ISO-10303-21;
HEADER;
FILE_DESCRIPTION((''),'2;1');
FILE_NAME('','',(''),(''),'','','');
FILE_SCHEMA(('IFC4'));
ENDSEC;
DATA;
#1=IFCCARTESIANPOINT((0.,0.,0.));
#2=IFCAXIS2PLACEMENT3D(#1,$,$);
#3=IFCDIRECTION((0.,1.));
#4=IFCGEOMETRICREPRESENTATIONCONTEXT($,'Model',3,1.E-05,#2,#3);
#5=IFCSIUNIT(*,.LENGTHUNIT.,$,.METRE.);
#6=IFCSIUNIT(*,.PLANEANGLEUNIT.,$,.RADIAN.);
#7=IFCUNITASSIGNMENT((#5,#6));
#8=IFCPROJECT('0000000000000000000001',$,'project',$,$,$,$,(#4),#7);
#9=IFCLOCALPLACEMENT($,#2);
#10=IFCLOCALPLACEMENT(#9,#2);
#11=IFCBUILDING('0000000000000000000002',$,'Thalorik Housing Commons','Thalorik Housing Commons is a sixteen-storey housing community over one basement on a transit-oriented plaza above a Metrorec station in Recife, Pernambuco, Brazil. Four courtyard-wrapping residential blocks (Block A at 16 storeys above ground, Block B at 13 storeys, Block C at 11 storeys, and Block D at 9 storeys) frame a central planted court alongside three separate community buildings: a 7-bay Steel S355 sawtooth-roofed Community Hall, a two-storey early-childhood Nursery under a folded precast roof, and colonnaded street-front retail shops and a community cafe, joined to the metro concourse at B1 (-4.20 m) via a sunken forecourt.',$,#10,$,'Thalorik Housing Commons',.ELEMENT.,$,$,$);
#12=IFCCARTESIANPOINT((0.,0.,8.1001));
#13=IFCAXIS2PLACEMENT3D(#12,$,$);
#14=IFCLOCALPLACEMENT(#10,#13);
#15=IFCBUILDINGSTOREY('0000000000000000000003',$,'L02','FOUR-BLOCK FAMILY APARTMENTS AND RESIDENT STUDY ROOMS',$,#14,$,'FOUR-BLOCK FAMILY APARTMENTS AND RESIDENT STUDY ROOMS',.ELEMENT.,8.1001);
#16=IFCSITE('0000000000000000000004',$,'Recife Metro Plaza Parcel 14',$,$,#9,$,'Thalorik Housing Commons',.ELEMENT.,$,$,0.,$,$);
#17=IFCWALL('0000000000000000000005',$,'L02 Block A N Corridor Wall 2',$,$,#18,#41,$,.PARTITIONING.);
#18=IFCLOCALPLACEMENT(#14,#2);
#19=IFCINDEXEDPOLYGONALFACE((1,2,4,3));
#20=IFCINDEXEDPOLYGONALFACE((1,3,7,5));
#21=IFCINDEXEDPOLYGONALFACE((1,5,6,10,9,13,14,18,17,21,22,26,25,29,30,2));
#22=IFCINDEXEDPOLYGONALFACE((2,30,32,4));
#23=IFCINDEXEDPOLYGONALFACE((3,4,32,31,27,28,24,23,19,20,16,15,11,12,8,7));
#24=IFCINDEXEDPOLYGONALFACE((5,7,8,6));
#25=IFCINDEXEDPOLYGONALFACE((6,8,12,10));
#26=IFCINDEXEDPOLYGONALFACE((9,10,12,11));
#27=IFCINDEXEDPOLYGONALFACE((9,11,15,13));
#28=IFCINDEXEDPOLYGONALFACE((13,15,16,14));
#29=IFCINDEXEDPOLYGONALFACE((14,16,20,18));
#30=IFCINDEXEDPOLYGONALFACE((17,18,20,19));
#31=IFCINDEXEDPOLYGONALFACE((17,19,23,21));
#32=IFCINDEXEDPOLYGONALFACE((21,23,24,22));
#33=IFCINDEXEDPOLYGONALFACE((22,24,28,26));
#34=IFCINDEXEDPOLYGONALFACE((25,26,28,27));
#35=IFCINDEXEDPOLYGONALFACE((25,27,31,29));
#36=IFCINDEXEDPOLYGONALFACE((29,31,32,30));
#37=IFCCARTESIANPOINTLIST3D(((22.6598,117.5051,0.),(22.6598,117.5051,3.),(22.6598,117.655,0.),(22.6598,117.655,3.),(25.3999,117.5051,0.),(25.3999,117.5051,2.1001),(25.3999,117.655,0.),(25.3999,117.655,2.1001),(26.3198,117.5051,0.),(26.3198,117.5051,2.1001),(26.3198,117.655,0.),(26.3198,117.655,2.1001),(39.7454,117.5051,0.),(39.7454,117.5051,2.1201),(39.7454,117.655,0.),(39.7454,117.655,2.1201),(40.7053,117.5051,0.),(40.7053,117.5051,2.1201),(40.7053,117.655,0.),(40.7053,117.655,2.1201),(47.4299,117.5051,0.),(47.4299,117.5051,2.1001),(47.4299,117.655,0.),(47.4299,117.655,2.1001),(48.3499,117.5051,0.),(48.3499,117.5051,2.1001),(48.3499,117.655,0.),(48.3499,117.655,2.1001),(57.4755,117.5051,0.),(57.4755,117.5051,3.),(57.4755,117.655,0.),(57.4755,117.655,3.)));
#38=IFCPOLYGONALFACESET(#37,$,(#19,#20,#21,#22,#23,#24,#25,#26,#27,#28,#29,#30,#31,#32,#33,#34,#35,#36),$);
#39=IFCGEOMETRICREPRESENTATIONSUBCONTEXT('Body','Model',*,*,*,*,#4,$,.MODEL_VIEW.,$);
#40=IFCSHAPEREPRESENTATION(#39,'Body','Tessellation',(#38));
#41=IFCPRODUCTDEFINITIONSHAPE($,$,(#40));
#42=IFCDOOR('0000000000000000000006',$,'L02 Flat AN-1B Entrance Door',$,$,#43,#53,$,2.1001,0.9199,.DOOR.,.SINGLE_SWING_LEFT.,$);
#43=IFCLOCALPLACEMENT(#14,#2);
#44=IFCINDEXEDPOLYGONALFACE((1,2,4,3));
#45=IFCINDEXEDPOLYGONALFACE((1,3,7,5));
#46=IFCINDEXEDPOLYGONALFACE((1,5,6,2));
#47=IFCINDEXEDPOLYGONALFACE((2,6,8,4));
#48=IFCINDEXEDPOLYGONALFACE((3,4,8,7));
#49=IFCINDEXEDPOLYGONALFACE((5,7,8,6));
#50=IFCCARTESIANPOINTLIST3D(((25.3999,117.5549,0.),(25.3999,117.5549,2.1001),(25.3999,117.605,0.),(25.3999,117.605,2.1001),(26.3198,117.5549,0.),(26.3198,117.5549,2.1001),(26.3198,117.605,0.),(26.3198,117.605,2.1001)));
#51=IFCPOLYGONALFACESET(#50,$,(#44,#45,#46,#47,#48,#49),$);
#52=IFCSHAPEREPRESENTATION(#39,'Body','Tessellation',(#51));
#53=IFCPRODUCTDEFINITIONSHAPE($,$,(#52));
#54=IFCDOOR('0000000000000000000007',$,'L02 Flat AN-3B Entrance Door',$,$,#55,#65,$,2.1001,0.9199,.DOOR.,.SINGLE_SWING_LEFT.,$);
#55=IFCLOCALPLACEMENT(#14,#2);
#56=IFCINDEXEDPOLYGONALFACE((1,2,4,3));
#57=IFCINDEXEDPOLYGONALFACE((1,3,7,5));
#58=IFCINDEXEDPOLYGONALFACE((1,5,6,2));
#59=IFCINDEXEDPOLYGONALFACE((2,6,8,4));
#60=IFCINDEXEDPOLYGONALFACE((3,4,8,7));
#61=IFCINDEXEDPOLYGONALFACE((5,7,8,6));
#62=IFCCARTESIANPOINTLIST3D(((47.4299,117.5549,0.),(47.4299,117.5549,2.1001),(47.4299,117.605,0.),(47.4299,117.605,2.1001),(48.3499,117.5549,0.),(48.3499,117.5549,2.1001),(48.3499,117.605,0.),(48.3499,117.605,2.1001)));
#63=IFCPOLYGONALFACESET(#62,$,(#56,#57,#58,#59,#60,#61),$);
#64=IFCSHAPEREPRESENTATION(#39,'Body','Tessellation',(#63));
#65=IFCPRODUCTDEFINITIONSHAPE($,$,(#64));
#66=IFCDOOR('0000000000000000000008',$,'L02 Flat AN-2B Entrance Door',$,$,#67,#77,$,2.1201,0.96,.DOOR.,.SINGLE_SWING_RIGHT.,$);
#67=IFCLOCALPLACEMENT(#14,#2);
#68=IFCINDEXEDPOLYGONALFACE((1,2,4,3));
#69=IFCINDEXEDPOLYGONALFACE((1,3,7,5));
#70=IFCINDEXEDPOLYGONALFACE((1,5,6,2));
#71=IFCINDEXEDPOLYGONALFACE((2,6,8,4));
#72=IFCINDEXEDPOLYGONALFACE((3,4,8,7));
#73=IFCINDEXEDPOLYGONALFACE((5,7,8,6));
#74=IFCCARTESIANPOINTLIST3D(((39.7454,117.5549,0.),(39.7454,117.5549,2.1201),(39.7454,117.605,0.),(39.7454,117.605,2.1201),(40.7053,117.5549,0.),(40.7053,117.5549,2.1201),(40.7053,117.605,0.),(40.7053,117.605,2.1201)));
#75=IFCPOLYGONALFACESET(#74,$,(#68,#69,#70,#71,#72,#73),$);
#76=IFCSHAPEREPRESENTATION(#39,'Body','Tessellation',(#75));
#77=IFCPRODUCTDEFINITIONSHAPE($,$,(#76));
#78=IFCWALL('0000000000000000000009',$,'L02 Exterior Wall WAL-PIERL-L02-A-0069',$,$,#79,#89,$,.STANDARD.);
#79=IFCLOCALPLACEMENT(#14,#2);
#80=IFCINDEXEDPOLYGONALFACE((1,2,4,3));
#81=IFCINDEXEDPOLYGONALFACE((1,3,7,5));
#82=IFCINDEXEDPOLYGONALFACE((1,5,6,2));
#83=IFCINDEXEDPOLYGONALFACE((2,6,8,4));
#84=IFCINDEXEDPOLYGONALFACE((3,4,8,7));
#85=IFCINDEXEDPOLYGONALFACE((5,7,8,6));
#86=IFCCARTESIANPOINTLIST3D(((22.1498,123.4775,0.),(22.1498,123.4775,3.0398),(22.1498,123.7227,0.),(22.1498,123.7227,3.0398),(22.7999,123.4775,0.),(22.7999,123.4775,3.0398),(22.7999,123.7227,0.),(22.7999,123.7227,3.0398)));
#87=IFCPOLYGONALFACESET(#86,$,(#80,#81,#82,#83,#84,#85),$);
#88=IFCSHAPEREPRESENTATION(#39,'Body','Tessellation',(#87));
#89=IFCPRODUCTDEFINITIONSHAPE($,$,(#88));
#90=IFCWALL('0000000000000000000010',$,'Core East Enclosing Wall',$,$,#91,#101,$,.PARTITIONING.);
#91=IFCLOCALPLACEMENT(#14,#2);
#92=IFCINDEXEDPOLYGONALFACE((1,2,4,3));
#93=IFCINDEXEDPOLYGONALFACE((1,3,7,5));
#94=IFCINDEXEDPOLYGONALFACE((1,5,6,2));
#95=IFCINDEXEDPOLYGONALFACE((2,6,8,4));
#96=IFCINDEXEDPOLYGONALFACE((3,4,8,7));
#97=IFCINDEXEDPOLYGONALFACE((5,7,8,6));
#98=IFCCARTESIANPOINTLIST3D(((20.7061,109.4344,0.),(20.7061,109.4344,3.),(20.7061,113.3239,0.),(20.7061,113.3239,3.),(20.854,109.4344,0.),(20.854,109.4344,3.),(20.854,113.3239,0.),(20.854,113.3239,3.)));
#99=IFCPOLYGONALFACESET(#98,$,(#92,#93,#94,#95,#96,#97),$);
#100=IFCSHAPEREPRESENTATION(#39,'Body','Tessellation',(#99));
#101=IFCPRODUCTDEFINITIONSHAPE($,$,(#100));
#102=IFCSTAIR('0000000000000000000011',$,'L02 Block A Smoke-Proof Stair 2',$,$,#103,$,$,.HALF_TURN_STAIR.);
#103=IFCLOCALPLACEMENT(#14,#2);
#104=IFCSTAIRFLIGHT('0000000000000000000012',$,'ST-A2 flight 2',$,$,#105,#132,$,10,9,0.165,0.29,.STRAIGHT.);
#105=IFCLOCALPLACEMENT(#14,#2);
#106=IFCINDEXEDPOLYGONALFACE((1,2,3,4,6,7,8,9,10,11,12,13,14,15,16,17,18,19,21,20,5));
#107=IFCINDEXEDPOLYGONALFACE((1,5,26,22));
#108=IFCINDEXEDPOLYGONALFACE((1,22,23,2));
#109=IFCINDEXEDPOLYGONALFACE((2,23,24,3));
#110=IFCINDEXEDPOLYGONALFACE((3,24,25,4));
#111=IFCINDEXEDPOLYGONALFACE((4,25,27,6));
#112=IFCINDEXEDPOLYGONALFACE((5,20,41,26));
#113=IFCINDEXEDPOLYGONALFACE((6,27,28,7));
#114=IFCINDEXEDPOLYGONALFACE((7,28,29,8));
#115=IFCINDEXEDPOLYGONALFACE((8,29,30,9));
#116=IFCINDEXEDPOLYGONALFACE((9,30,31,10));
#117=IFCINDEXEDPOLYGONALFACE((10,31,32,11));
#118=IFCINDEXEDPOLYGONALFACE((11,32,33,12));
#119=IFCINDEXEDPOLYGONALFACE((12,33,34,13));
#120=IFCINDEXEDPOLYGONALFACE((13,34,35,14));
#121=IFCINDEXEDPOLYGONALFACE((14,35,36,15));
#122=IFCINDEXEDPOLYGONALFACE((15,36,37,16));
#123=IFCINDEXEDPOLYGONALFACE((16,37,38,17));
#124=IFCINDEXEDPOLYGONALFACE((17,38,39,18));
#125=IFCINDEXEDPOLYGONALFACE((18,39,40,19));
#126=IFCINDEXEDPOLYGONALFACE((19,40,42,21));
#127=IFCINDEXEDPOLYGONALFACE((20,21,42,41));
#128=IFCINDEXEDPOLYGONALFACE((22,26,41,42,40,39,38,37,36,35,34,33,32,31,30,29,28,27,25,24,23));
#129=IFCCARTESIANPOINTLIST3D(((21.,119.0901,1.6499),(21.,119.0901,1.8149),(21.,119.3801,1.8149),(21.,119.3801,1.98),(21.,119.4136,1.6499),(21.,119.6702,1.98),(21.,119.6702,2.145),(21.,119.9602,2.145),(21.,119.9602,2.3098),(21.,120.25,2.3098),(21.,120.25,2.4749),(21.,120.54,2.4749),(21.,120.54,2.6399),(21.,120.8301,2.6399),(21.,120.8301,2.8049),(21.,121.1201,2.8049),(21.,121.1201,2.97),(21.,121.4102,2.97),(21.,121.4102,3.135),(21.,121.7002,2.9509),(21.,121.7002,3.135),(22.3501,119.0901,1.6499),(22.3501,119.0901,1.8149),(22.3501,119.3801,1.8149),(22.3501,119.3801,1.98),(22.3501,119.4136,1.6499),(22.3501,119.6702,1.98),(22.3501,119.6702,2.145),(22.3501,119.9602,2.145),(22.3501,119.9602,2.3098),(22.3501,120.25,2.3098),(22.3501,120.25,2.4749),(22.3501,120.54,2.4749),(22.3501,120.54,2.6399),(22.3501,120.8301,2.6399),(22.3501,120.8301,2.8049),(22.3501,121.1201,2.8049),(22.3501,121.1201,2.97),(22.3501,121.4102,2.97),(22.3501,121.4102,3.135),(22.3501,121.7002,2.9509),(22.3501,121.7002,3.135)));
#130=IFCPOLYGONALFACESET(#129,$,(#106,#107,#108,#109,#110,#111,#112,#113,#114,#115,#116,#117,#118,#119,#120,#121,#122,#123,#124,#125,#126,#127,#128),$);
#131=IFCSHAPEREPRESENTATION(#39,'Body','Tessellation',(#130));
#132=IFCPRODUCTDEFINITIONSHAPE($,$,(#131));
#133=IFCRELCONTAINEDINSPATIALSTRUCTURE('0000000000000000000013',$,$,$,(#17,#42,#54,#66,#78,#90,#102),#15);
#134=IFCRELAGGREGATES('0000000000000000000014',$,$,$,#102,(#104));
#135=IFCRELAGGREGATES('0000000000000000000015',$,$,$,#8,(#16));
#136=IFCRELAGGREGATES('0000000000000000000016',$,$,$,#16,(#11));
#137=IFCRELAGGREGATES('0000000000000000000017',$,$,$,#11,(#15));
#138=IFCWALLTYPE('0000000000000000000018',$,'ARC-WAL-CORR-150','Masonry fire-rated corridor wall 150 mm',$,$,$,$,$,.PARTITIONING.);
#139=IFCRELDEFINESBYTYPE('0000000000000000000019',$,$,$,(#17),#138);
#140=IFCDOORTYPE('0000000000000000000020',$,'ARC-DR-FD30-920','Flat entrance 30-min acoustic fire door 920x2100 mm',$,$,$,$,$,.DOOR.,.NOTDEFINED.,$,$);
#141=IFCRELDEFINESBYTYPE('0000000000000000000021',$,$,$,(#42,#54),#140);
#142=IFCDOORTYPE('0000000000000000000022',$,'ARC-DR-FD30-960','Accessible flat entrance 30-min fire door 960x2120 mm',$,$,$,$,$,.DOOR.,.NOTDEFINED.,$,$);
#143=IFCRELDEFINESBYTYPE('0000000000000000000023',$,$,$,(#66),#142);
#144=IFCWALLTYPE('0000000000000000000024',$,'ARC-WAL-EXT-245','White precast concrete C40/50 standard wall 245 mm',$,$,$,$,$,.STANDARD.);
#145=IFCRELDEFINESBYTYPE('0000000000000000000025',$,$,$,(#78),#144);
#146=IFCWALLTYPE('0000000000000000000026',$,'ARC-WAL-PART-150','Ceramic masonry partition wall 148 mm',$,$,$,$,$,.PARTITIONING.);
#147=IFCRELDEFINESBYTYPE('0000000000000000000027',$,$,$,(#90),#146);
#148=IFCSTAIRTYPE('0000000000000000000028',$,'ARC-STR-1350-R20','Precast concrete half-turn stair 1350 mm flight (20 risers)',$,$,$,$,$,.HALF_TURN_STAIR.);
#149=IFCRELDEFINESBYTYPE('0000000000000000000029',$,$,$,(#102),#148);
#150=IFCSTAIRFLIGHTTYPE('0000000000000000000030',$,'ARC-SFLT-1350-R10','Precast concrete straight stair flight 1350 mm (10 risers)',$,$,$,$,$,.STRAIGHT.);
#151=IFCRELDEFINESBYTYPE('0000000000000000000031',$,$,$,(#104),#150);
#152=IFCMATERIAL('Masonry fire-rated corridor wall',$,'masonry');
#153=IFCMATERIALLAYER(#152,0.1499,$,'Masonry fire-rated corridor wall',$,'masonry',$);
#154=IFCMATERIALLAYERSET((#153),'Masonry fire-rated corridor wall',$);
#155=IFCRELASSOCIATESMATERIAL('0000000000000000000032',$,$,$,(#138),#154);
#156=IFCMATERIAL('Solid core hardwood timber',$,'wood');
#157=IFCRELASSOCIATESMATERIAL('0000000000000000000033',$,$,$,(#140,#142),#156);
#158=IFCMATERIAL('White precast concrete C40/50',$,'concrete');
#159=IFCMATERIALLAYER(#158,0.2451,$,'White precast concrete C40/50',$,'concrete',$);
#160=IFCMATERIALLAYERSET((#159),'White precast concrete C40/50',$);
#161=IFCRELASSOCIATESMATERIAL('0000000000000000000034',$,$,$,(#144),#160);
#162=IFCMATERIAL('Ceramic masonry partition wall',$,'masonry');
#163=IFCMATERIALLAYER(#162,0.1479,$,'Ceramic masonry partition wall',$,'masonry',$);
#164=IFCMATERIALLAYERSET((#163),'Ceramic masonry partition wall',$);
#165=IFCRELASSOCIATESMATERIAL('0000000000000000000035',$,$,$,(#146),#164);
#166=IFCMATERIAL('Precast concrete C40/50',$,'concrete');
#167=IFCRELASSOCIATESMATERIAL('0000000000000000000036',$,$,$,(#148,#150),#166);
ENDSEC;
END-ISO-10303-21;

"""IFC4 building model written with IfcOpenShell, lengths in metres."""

from ifc_helpers import new_model, si_unit, direction, frame, frame_2d, origin, place, context, subcontext, project, spatial, polyline, rectangle, outline, extrude, material, layer, layer_set, type_object, element, fill, aggregate, save


model = new_model("IFC4")

# Units and contexts
model_context = context("Model", 3, precision=1e-05, world=origin(), true_north=direction((0.0, 1.0)))
body_context = subcontext(model_context, "Body", "Model", "MODEL_VIEW")
ifc_project = project(units=[si_unit("LENGTHUNIT", "METRE"), si_unit("PLANEANGLEUNIT", "RADIAN")], contexts=[model_context])

# Site, building, storey
site_placement = place(None, origin())
site = spatial("IfcSite", under=ifc_project, at=site_placement, Name="Recife Metro Plaza Parcel 14", LongName="Thalorik Housing Commons", CompositionType="ELEMENT", RefElevation=0.0)
building_placement = place(site_placement, origin())
building = spatial("IfcBuilding", under=site, at=building_placement, Name="Thalorik Housing Commons", Description="Thalorik Housing Commons is a sixteen-storey housing community over one basement on a transit-oriented plaza above a Metrorec station in Recife, Pernambuco, Brazil. Four courtyard-wrapping residential blocks (Block A at 16 storeys above ground, Block B at 13 storeys, Block C at 11 storeys, and Block D at 9 storeys) frame a central planted court alongside three separate community buildings: a 7-bay Steel S355 sawtooth-roofed Community Hall, a two-storey early-childhood Nursery under a folded precast roof, and colonnaded street-front retail shops and a community cafe, joined to the metro concourse at B1 (-4.20 m) via a sunken forecourt.", LongName="Thalorik Housing Commons", CompositionType="ELEMENT")
storey_placement = place(building_placement, frame((0.0, 0.0, 8.1001)))
storey = spatial("IfcBuildingStorey", under=building, at=storey_placement, Name="L02", Description="FOUR-BLOCK FAMILY APARTMENTS AND RESIDENT STUDY ROOMS", LongName="FOUR-BLOCK FAMILY APARTMENTS AND RESIDENT STUDY ROOMS", CompositionType="ELEMENT", Elevation=8.1001)

# Shared definitions
ifc_material_1 = material(Name="Precast concrete C40/50", Category="concrete")

# Shared definitions
ifc_material_2 = material(Name="Masonry fire-rated corridor wall", Category="masonry")
ifc_layer_1 = layer(ifc_material_2, 0.1499, Name="Masonry fire-rated corridor wall", Category="masonry")
ifc_layer_set_1 = layer_set([ifc_layer_1], Name="Masonry fire-rated corridor wall")
wall_type_1 = type_object("IfcWallType", Name="ARC-WAL-CORR-150", Description="Masonry fire-rated corridor wall 150 mm", PredefinedType="PARTITIONING", material=ifc_layer_set_1)

# Wall, openings, doors
wall_1_placement = place(storey_placement, frame((22.6599, 117.5801, 0.0), z_axis=(0.0, 0.0, 1.0), x_axis=(1.0, 0.0, 0.0)))
wall_1 = element("IfcWall", 1, at=wall_1_placement, inside=storey, type_object=wall_type_1, Name="L02 Block A N Corridor Wall 2", PredefinedType="PARTITIONING", context=body_context, shape_type="SweptSolid", body=[
    extrude(rectangle(XDim=34.8157, YDim=0.1499, at=frame_2d((17.4077, 0.0))), origin(), (0.0, 0.0, 1.0), 3.0),
])
opening_1_placement = place(wall_1_placement, frame((2.74, 0.0, 0.0)))
opening_1 = element("IfcOpeningElement", 2, at=opening_1_placement, cuts=wall_1, PredefinedType="OPENING", context=body_context, shape_type="SweptSolid", body=[
    extrude(rectangle(XDim=0.9199, YDim=2.1001, at=frame_2d((0.46, 1.05))), frame((0.0, 0.085, 0.0), z_axis=(0.0, -1.0, 0.0), x_axis=(1.0, 0.0, 0.0)), (0.0, 0.0, 1.0), 0.1699),
])
opening_2_placement = place(wall_1_placement, frame((17.0854, 0.0, 0.0)))
opening_2 = element("IfcOpeningElement", 3, at=opening_2_placement, cuts=wall_1, PredefinedType="OPENING", context=body_context, shape_type="SweptSolid", body=[
    extrude(rectangle(XDim=0.96, YDim=2.1201, at=frame_2d((0.48, 1.0601))), frame((0.0, 0.085, 0.0), z_axis=(0.0, -1.0, 0.0), x_axis=(1.0, 0.0, 0.0)), (0.0, 0.0, 1.0), 0.1699),
])
opening_3_placement = place(wall_1_placement, frame((24.77, 0.0, 0.0)))
opening_3 = element("IfcOpeningElement", 4, at=opening_3_placement, cuts=wall_1, PredefinedType="OPENING", context=body_context, shape_type="SweptSolid", body=[
    extrude(rectangle(XDim=0.9199, YDim=2.1001, at=frame_2d((0.46, 1.05))), frame((0.0, 0.085, 0.0), z_axis=(0.0, -1.0, 0.0), x_axis=(1.0, 0.0, 0.0)), (0.0, 0.0, 1.0), 0.1699),
])
ifc_material_3 = material(Name="Solid core hardwood timber", Category="wood")
door_type_1 = type_object("IfcDoorType", Name="ARC-DR-FD30-920", Description="Flat entrance 30-min acoustic fire door 920x2100 mm", OperationType="NOTDEFINED", PredefinedType="DOOR", material=ifc_material_3)
door_1_placement = place(opening_1_placement, origin())
door_1 = element("IfcDoor", 5, at=door_1_placement, inside=storey, type_object=door_type_1, Name="L02 Flat AN-1B Entrance Door", OperationType="SINGLE_SWING_LEFT", OverallHeight=2.1001, OverallWidth=0.9199, PredefinedType="DOOR", context=body_context, shape_type="SweptSolid", body=[
    extrude(rectangle(XDim=0.9199, YDim=2.1001, at=frame_2d((0.46, 1.05))), frame((0.0, 0.0249, 0.0), z_axis=(0.0, -1.0, 0.0), x_axis=(1.0, 0.0, 0.0)), (0.0, 0.0, 1.0), 0.05),
])
fill(opening_1, door_1)
door_2_placement = place(opening_3_placement, origin())
door_2 = element("IfcDoor", 6, at=door_2_placement, inside=storey, type_object=door_type_1, Name="L02 Flat AN-3B Entrance Door", OperationType="SINGLE_SWING_LEFT", OverallHeight=2.1001, OverallWidth=0.9199, PredefinedType="DOOR", context=body_context, shape_type="SweptSolid", body=[
    extrude(rectangle(XDim=0.9199, YDim=2.1001, at=frame_2d((0.46, 1.05))), frame((0.0, 0.0249, 0.0), z_axis=(0.0, -1.0, 0.0), x_axis=(1.0, 0.0, 0.0)), (0.0, 0.0, 1.0), 0.05),
])
fill(opening_3, door_2)
door_type_2 = type_object("IfcDoorType", Name="ARC-DR-FD30-960", Description="Accessible flat entrance 30-min fire door 960x2120 mm", OperationType="NOTDEFINED", PredefinedType="DOOR", material=ifc_material_3)
door_3_placement = place(opening_2_placement, origin())
door_3 = element("IfcDoor", 7, at=door_3_placement, inside=storey, type_object=door_type_2, Name="L02 Flat AN-2B Entrance Door", OperationType="SINGLE_SWING_RIGHT", OverallHeight=2.1201, OverallWidth=0.96, PredefinedType="DOOR", context=body_context, shape_type="SweptSolid", body=[
    extrude(rectangle(XDim=0.96, YDim=2.1201, at=frame_2d((0.48, 1.0601))), frame((0.0, 0.0249, 0.0), z_axis=(0.0, -1.0, 0.0), x_axis=(1.0, 0.0, 0.0)), (0.0, 0.0, 1.0), 0.05),
])
fill(opening_2, door_3)

# Walls
ifc_material_4 = material(Name="White precast concrete C40/50", Category="concrete")
ifc_layer_2 = layer(ifc_material_4, 0.2451, Name="White precast concrete C40/50", Category="concrete")
ifc_layer_set_2 = layer_set([ifc_layer_2], Name="White precast concrete C40/50")
wall_type_2 = type_object("IfcWallType", Name="ARC-WAL-EXT-245", Description="White precast concrete C40/50 standard wall 245 mm", PredefinedType="STANDARD", material=ifc_layer_set_2)
wall_2_placement = place(storey_placement, frame((22.8, 123.6001, 0.0), z_axis=(0.0, 0.0, 1.0), x_axis=(-1.0, 0.0, 0.0)))
element("IfcWall", 8, at=wall_2_placement, inside=storey, type_object=wall_type_2, Name="L02 Exterior Wall WAL-PIERL-L02-A-0069", PredefinedType="STANDARD", context=body_context, shape_type="SweptSolid", body=[
    extrude(rectangle(XDim=0.6501, YDim=0.2451, at=frame_2d((0.3252, 0.0))), origin(), (0.0, 0.0, 1.0), 3.0398),
])
ifc_material_5 = material(Name="Ceramic masonry partition wall", Category="masonry")
ifc_layer_3 = layer(ifc_material_5, 0.1479, Name="Ceramic masonry partition wall", Category="masonry")
ifc_layer_set_3 = layer_set([ifc_layer_3], Name="Ceramic masonry partition wall")
wall_type_3 = type_object("IfcWallType", Name="ARC-WAL-PART-150", Description="Ceramic masonry partition wall 148 mm", PredefinedType="PARTITIONING", material=ifc_layer_set_3)
wall_3_placement = place(storey_placement, frame((20.78, 113.324, 0.0), z_axis=(0.0, 0.0, 1.0), x_axis=(0.0, -1.0, 0.0)))
element("IfcWall", 9, at=wall_3_placement, inside=storey, type_object=wall_type_3, Name="Core East Enclosing Wall", PredefinedType="PARTITIONING", context=body_context, shape_type="SweptSolid", body=[
    extrude(rectangle(XDim=3.8894, YDim=0.1479, at=frame_2d((1.9448, 0.0))), origin(), (0.0, 0.0, 1.0), 3.0),
])

# Stair, stair flight
stair_type = type_object("IfcStairType", Name="ARC-STR-1350-R20", Description="Precast concrete half-turn stair 1350 mm flight (20 risers)", PredefinedType="HALF_TURN_STAIR", material=ifc_material_1)
stair_placement = place(storey_placement, origin())
stair = element("IfcStair", 10, at=stair_placement, inside=storey, type_object=stair_type, Name="L02 Block A Smoke-Proof Stair 2", PredefinedType="HALF_TURN_STAIR")
stair_flight_type = type_object("IfcStairFlightType", Name="ARC-SFLT-1350-R10", Description="Precast concrete straight stair flight 1350 mm (10 risers)", PredefinedType="STRAIGHT", material=ifc_material_1)
stair_flight_placement = place(storey_placement, frame((21.675, 119.0901, 1.6499), z_axis=(0.0, 0.0, 1.0), x_axis=(0.0, 1.0, 0.0)))
stair_flight = element("IfcStairFlight", 11, at=stair_flight_placement, type_object=stair_flight_type, Name="ST-A2 flight 2", NumberOfRisers=10, NumberOfTreads=9, PredefinedType="STRAIGHT", RiserHeight=0.165, TreadLength=0.29, context=body_context, shape_type="SweptSolid", body=[
    extrude(outline(polyline([(0.0, 0.0), (0.0, 0.165), (0.29, 0.165), (0.29, 0.3301), (0.5801, 0.3301), (0.5801, 0.4951), (0.8701, 0.4951), (0.8701, 0.6599), (1.1599, 0.6599), (1.1599, 0.825), (1.45, 0.825), (1.45, 0.99), (1.74, 0.99), (1.74, 1.155), (2.03, 1.155), (2.03, 1.3201), (2.3201, 1.3201), (2.3201, 1.4851), (2.6101, 1.4851), (2.6101, 1.6499), (2.6101, 1.301), (0.3235, 0.0), (0.0, 0.0)])), frame((0.0, 0.675, 0.0), z_axis=(0.0, -1.0, 0.0), x_axis=(1.0, 0.0, 0.0)), (0.0, 0.0, 1.0), 1.3501),
])
aggregate(stair, [stair_flight])

save(model, "model.ifc")
